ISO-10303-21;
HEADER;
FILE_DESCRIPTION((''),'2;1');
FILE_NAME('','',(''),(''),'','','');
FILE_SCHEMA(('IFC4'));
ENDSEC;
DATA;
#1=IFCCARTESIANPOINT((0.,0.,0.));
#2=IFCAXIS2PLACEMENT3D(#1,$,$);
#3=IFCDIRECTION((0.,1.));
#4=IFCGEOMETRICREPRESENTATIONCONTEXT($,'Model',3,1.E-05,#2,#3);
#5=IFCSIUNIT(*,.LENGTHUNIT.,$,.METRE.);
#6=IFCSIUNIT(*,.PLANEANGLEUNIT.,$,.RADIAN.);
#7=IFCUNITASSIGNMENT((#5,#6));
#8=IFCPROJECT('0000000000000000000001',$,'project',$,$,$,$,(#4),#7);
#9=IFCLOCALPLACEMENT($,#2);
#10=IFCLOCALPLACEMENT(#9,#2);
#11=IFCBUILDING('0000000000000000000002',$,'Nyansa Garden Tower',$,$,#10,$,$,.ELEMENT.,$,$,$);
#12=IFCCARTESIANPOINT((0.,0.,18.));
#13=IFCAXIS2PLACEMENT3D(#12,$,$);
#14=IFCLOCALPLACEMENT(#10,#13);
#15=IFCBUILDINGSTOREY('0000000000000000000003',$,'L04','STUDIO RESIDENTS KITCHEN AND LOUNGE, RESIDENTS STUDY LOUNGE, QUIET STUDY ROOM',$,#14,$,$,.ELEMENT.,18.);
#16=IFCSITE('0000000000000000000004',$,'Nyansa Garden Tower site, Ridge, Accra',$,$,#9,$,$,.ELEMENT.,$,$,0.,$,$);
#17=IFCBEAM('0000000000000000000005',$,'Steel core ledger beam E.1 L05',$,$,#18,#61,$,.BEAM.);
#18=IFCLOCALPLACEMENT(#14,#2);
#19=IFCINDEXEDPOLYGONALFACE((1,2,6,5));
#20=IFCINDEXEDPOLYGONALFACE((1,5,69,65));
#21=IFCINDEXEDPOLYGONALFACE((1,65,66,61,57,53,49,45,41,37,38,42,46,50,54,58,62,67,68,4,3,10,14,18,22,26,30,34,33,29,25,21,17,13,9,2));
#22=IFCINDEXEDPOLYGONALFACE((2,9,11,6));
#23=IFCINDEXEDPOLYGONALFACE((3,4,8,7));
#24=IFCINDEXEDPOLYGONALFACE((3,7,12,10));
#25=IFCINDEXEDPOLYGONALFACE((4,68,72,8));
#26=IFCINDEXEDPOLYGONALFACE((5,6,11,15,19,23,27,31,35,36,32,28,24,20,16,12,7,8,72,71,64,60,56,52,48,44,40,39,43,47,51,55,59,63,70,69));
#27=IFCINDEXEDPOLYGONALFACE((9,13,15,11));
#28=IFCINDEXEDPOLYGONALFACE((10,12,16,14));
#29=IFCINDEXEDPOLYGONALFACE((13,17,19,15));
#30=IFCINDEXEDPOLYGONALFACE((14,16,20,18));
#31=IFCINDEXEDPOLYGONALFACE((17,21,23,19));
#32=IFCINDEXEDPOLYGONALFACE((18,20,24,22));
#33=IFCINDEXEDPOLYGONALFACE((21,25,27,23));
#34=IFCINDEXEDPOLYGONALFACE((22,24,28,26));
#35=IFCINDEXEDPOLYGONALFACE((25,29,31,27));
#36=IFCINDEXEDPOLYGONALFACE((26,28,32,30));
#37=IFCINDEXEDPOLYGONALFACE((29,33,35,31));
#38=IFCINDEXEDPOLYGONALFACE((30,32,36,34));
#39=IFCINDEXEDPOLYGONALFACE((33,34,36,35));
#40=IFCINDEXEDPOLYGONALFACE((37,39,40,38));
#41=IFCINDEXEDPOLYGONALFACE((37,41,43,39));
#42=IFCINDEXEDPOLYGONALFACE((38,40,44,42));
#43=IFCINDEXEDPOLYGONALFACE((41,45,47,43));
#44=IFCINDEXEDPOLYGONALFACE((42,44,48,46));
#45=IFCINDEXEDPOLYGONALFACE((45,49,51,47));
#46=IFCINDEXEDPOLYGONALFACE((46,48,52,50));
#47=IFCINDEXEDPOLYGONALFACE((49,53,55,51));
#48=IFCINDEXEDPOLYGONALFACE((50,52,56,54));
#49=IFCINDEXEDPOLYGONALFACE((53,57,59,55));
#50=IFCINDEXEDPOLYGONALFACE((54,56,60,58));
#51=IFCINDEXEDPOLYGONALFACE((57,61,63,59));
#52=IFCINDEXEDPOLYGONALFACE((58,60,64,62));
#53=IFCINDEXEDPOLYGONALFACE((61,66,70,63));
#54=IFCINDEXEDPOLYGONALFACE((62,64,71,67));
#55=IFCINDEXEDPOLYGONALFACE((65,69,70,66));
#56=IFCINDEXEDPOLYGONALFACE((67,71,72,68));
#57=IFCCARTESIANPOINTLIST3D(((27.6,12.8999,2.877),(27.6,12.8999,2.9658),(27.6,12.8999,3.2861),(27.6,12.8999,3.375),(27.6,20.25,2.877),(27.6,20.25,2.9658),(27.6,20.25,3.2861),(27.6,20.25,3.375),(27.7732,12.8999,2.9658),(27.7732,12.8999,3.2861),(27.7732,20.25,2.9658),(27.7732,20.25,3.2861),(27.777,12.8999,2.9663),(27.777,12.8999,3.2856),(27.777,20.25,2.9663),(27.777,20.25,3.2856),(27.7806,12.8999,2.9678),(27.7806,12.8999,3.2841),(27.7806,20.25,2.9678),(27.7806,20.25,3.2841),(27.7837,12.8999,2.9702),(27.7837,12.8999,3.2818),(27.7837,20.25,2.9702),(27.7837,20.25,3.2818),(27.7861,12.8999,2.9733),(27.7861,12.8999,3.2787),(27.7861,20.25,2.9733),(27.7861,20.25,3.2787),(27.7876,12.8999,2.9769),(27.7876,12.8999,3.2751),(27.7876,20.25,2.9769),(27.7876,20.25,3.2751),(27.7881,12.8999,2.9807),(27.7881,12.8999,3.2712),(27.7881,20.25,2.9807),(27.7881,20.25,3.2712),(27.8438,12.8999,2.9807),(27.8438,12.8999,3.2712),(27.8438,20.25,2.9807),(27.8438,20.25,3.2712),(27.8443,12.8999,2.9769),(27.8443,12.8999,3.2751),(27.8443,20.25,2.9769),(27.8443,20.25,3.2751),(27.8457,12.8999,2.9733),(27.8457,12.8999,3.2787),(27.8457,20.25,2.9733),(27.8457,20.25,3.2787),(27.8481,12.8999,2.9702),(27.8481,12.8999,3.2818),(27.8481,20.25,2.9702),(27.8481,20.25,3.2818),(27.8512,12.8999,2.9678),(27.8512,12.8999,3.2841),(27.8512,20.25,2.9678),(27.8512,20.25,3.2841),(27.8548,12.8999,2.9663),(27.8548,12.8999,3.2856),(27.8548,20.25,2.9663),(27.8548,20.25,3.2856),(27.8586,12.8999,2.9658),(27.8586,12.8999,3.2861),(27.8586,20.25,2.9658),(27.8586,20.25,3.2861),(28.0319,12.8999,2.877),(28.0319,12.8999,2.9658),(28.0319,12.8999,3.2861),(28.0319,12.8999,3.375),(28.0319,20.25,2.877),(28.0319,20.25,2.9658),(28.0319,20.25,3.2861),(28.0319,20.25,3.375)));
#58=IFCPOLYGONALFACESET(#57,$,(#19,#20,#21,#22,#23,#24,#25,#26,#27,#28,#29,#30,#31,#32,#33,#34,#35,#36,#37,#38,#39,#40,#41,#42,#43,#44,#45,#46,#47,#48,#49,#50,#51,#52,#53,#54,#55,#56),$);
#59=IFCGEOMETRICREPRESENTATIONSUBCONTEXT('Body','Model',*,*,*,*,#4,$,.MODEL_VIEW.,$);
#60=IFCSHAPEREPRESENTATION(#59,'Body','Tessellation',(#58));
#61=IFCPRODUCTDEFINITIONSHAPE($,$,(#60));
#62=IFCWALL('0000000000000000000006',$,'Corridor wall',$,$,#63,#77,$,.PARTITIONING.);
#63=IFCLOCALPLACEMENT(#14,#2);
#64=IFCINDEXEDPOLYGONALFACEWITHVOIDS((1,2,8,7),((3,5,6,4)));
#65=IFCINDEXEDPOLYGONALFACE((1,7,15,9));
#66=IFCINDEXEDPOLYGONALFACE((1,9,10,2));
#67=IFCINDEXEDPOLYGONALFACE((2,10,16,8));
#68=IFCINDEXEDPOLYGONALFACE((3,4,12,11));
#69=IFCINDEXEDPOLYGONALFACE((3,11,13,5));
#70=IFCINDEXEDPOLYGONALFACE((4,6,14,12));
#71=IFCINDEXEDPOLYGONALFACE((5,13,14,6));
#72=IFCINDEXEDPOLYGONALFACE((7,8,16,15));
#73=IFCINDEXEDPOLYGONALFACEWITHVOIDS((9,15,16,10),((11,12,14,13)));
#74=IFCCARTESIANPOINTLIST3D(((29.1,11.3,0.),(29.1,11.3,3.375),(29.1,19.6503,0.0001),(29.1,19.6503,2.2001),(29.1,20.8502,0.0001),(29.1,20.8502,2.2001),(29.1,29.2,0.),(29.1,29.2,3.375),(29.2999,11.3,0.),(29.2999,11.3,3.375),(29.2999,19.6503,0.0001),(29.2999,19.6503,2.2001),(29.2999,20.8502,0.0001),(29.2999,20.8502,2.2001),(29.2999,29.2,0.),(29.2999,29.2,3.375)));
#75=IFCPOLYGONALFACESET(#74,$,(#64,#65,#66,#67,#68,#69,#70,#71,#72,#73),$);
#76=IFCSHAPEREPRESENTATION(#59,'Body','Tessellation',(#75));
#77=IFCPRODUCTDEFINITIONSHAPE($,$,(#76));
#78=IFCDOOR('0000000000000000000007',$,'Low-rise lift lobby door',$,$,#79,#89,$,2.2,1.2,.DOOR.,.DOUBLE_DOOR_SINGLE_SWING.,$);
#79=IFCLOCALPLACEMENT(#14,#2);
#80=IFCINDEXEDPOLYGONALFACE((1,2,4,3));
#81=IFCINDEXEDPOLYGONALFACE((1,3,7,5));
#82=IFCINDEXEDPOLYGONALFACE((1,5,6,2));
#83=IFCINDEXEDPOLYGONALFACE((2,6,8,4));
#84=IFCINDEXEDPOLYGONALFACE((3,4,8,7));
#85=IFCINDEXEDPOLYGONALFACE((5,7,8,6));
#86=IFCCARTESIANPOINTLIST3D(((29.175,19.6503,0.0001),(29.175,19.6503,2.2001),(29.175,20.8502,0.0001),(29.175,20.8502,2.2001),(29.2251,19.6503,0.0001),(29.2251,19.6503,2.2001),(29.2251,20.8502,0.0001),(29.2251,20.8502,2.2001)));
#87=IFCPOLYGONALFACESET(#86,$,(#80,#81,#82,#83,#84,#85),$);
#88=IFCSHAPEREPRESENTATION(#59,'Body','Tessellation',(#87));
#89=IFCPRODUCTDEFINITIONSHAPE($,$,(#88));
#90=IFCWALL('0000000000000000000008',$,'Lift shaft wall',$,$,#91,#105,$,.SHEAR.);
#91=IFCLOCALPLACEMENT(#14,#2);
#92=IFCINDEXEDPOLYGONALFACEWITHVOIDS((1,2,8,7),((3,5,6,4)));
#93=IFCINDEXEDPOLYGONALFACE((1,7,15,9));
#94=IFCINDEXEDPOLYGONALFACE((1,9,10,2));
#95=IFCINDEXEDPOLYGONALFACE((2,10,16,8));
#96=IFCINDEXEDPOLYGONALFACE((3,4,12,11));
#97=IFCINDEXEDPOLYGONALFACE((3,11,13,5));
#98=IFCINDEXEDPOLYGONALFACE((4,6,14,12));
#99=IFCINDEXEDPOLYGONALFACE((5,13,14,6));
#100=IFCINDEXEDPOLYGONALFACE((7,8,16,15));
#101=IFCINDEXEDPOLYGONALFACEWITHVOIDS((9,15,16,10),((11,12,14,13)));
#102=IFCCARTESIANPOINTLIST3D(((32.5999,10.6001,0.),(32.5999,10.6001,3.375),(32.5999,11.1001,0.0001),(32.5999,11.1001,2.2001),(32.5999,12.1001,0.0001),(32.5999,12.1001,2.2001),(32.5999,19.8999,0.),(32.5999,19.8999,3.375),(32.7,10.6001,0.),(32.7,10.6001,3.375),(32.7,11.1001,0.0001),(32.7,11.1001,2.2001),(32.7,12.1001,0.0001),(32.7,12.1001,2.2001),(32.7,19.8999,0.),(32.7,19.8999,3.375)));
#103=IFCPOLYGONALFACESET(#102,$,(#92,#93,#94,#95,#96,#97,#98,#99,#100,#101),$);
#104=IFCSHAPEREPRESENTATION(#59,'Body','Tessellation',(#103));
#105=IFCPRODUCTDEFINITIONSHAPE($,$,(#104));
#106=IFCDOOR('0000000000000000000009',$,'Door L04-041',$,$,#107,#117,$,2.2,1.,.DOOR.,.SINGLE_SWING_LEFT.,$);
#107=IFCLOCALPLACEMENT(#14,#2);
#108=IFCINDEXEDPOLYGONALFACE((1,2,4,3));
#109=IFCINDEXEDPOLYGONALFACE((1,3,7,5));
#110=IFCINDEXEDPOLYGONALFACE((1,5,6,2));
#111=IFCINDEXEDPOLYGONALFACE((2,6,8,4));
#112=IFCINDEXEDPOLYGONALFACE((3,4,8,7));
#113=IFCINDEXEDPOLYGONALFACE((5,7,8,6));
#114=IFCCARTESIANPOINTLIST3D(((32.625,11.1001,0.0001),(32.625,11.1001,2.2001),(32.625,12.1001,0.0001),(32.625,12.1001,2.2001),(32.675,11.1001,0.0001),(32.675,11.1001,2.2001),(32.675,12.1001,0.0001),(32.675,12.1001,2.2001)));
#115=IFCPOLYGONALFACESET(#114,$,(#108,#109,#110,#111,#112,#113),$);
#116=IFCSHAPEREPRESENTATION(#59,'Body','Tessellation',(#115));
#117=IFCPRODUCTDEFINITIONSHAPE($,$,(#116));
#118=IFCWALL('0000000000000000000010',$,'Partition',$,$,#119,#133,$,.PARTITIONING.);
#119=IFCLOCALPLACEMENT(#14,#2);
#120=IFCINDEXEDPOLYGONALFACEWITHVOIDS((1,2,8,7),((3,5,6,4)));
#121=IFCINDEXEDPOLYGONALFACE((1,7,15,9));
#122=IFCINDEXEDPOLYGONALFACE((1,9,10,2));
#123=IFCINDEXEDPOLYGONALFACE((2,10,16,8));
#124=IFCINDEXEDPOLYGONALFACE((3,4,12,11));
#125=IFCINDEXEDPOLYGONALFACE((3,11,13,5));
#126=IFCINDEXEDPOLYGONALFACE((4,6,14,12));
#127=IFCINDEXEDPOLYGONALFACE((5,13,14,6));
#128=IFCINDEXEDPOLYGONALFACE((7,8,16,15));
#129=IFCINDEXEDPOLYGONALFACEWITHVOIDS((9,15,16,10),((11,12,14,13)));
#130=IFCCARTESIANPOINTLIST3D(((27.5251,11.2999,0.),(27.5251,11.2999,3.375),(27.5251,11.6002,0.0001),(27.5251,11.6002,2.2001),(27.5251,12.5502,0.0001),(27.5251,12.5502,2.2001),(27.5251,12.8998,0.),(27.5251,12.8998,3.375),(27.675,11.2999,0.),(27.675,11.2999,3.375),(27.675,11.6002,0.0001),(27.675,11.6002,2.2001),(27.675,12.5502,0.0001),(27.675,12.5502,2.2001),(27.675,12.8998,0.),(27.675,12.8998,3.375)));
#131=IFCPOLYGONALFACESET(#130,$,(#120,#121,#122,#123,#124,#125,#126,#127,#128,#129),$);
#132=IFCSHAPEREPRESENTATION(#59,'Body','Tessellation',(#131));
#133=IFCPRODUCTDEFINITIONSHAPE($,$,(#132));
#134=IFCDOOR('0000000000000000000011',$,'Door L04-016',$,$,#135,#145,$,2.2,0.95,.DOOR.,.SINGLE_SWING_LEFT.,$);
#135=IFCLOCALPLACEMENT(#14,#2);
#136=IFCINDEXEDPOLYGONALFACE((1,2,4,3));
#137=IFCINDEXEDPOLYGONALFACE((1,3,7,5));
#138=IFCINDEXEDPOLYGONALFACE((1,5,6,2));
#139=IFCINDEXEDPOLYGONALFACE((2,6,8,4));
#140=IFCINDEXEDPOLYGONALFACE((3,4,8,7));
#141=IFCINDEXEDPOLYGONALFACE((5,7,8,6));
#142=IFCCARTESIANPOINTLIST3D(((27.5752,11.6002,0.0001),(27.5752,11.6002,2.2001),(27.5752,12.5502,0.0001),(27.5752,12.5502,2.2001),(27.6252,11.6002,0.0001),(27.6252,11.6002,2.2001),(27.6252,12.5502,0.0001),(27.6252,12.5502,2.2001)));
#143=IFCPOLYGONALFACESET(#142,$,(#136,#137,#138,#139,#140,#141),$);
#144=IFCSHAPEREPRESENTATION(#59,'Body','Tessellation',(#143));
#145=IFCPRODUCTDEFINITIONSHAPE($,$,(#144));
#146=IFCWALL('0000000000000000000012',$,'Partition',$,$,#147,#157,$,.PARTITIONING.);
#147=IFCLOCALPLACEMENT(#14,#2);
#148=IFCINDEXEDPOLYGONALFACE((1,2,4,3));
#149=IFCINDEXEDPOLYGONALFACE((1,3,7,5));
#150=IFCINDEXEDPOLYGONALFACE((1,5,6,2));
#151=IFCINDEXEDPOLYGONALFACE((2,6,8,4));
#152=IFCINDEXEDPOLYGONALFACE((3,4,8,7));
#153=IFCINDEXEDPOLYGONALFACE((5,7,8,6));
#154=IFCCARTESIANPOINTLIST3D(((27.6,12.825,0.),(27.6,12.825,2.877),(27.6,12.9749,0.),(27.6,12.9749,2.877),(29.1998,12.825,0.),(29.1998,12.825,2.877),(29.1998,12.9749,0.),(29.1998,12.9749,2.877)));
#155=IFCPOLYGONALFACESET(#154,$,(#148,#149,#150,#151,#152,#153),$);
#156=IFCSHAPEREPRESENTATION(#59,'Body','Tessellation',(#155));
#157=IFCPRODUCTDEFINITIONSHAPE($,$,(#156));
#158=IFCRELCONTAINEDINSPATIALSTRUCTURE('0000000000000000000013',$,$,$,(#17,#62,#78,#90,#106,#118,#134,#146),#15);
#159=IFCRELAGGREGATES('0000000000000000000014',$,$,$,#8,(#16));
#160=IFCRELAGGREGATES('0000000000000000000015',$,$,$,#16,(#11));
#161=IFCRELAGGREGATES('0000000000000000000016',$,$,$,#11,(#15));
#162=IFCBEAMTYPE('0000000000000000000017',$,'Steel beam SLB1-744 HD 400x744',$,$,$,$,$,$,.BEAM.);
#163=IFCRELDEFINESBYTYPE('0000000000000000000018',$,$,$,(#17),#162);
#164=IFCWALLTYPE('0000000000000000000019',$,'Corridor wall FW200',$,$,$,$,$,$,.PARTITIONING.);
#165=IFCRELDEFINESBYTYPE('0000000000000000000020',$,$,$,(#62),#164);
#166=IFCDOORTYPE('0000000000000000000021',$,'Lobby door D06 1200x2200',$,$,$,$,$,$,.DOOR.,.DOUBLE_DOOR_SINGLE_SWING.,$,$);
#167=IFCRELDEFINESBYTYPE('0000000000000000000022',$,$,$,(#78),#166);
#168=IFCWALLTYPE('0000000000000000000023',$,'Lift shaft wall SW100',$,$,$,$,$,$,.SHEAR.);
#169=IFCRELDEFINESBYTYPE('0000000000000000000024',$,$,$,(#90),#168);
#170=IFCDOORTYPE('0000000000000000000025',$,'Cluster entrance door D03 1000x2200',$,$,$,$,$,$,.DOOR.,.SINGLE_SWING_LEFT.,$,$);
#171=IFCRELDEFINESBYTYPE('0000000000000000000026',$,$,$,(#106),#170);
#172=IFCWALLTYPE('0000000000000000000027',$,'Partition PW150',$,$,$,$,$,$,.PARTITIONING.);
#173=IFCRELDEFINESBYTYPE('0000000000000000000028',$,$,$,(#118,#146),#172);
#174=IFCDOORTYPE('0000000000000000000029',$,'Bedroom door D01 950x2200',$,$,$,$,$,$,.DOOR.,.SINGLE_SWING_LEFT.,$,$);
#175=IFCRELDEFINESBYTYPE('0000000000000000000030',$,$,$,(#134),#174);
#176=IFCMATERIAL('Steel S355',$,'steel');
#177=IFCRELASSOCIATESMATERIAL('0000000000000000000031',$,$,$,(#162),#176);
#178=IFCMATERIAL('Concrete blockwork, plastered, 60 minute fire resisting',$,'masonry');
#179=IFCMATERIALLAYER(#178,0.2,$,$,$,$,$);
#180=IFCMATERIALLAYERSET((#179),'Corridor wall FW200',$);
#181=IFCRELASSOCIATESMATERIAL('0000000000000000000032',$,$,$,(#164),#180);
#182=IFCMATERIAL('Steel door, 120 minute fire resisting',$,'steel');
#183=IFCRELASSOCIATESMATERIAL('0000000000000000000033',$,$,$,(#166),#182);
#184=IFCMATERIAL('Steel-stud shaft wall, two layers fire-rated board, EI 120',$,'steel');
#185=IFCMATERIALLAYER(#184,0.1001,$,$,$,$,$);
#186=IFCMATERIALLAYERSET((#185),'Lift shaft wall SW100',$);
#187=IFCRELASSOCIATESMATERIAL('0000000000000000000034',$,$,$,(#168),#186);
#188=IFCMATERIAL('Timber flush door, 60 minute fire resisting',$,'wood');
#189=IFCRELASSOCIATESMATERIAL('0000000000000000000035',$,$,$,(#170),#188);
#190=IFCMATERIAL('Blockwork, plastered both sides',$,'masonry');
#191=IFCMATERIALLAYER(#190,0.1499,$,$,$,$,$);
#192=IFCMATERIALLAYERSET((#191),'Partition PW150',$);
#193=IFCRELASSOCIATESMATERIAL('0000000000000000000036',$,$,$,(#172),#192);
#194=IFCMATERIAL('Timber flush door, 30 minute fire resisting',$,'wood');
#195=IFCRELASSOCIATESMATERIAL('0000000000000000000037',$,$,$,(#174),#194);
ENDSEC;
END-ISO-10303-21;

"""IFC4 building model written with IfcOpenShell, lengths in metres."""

from ifc_helpers import new_model, si_unit, direction, frame, frame_2d, origin, origin_2d, place, context, subcontext, project, spatial, rectangle, i_section, extrude, material, layer, layer_set, material_profile, profile_set, type_object, element, fill, save


model = new_model("IFC4")

# Units and contexts
model_context = context("Model", 3, precision=1e-05, world=origin(), true_north=direction((0.0, 1.0)))
body_context = subcontext(model_context, "Body", "Model", "MODEL_VIEW")
ifc_project = project(units=[si_unit("LENGTHUNIT", "METRE"), si_unit("PLANEANGLEUNIT", "RADIAN")], contexts=[model_context])

# Site, building, storey
site_placement = place(None, origin())
site = spatial("IfcSite", under=ifc_project, at=site_placement, Name="Nyansa Garden Tower site, Ridge, Accra", CompositionType="ELEMENT", RefElevation=0.0)
building_placement = place(site_placement, origin())
building = spatial("IfcBuilding", under=site, at=building_placement, Name="Nyansa Garden Tower", CompositionType="ELEMENT")
storey_placement = place(building_placement, frame((0.0, 0.0, 18.0)))
storey = spatial("IfcBuildingStorey", under=building, at=storey_placement, Name="L04", Description="STUDIO RESIDENTS KITCHEN AND LOUNGE, RESIDENTS STUDY LOUNGE, QUIET STUDY ROOM", CompositionType="ELEMENT", Elevation=18.0)

# Beam
ifc_material_1 = material(Name="Steel S355", Category="steel")
ifc_material_profile_1 = material_profile(ifc_material_1, i_section(OverallWidth=0.4319, OverallDepth=0.498, WebThickness=0.0557, FlangeThickness=0.0889, FilletRadius=0.0149, at=origin_2d()), Name="HD 400x744")
ifc_profile_set_1 = profile_set([ifc_material_profile_1], Name="Steel S355")
beam_type_1 = type_object("IfcBeamType", Name="Steel beam SLB1-744 HD 400x744", PredefinedType="BEAM", material=ifc_profile_set_1)
beam_1_placement = place(storey_placement, frame((27.8159, 12.8999, 3.126), z_axis=(0.0, 1.0, 0.0), x_axis=(-1.0, 0.0, 0.0)))
element("IfcBeam", 1, at=beam_1_placement, inside=storey, type_object=beam_type_1, Name="Steel core ledger beam E.1 L05", PredefinedType="BEAM", context=body_context, shape_type="SweptSolid", body=[
    extrude(i_section(OverallWidth=0.4319, OverallDepth=0.498, WebThickness=0.0557, FlangeThickness=0.0889, FilletRadius=0.0149, at=origin_2d()), origin(), (0.0, 0.0, 1.0), 7.3501),
])

# Walls, openings, doors
ifc_material_2 = material(Name="Concrete blockwork, plastered, 60 minute fire resisting", Category="masonry")
ifc_layer_1 = layer(ifc_material_2, 0.2)
ifc_layer_set_1 = layer_set([ifc_layer_1], Name="Corridor wall FW200")
wall_type_1 = type_object("IfcWallType", Name="Corridor wall FW200", PredefinedType="PARTITIONING", material=ifc_layer_set_1)
wall_1_placement = place(storey_placement, frame((29.2, 11.3, 0.0), z_axis=(0.0, 0.0, 1.0), x_axis=(0.0, 1.0, 0.0)))
wall_1 = element("IfcWall", 2, at=wall_1_placement, inside=storey, type_object=wall_type_1, Name="Corridor wall", PredefinedType="PARTITIONING", context=body_context, shape_type="SweptSolid", body=[
    extrude(rectangle(XDim=17.8999, YDim=0.2, at=frame_2d((8.95, 0.0))), origin(), (0.0, 0.0, 1.0), 3.375),
])
opening_1_placement = place(wall_1_placement, frame((8.3501, 0.0, 0.0)))
opening_1 = element("IfcOpeningElement", 3, at=opening_1_placement, cuts=wall_1, PredefinedType="OPENING", context=body_context, shape_type="SweptSolid", body=[
    extrude(rectangle(XDim=1.2, YDim=2.2, at=frame_2d((0.6001, 1.1001))), frame((0.0, 0.1099, 0.0), z_axis=(0.0, -1.0, 0.0), x_axis=(1.0, 0.0, 0.0)), (0.0, 0.0, 1.0), 0.22),
])
ifc_material_3 = material(Name="Steel door, 120 minute fire resisting", Category="steel")
door_type_1 = type_object("IfcDoorType", Name="Lobby door D06 1200x2200", OperationType="DOUBLE_DOOR_SINGLE_SWING", PredefinedType="DOOR", material=ifc_material_3)
door_1_placement = place(opening_1_placement, origin())
door_1 = element("IfcDoor", 4, at=door_1_placement, inside=storey, type_object=door_type_1, Name="Low-rise lift lobby door", OperationType="DOUBLE_DOOR_SINGLE_SWING", OverallHeight=2.2, OverallWidth=1.2, PredefinedType="DOOR", context=body_context, shape_type="SweptSolid", body=[
    extrude(rectangle(XDim=1.2, YDim=2.2, at=frame_2d((0.6001, 1.1001))), frame((0.0, 0.0249, 0.0), z_axis=(0.0, -1.0, 0.0), x_axis=(1.0, 0.0, 0.0)), (0.0, 0.0, 1.0), 0.05),
])
fill(opening_1, door_1)
ifc_material_4 = material(Name="Steel-stud shaft wall, two layers fire-rated board, EI 120", Category="steel")
ifc_layer_2 = layer(ifc_material_4, 0.1001)
ifc_layer_set_2 = layer_set([ifc_layer_2], Name="Lift shaft wall SW100")
wall_type_2 = type_object("IfcWallType", Name="Lift shaft wall SW100", PredefinedType="SHEAR", material=ifc_layer_set_2)
wall_2_placement = place(storey_placement, frame((32.6499, 10.6001, 0.0), z_axis=(0.0, 0.0, 1.0), x_axis=(0.0, 1.0, 0.0)))
wall_2 = element("IfcWall", 5, at=wall_2_placement, inside=storey, type_object=wall_type_2, Name="Lift shaft wall", PredefinedType="SHEAR", context=body_context, shape_type="SweptSolid", body=[
    extrude(rectangle(XDim=9.2998, YDim=0.1001, at=frame_2d((4.6499, 0.0))), origin(), (0.0, 0.0, 1.0), 3.375),
])
opening_2_placement = place(wall_2_placement, frame((0.5, 0.0, 0.0)))
opening_2 = element("IfcOpeningElement", 6, at=opening_2_placement, cuts=wall_2, PredefinedType="OPENING", context=body_context, shape_type="SweptSolid", body=[
    extrude(rectangle(XDim=1.0, YDim=2.2, at=frame_2d((0.5, 1.1001))), frame((0.0, 0.0601, 0.0), z_axis=(0.0, -1.0, 0.0), x_axis=(1.0, 0.0, 0.0)), (0.0, 0.0, 1.0), 0.1201),
])
ifc_material_5 = material(Name="Timber flush door, 60 minute fire resisting", Category="wood")
door_type_2 = type_object("IfcDoorType", Name="Cluster entrance door D03 1000x2200", OperationType="SINGLE_SWING_LEFT", PredefinedType="DOOR", material=ifc_material_5)
door_2_placement = place(opening_2_placement, origin())
door_2 = element("IfcDoor", 7, at=door_2_placement, inside=storey, type_object=door_type_2, Name="Door L04-041", OperationType="SINGLE_SWING_LEFT", OverallHeight=2.2, OverallWidth=1.0, PredefinedType="DOOR", context=body_context, shape_type="SweptSolid", body=[
    extrude(rectangle(XDim=1.0, YDim=2.2, at=frame_2d((0.5, 1.1001))), frame((0.0, 0.0249, 0.0), z_axis=(0.0, -1.0, 0.0), x_axis=(1.0, 0.0, 0.0)), (0.0, 0.0, 1.0), 0.05),
])
fill(opening_2, door_2)
ifc_material_6 = material(Name="Blockwork, plastered both sides", Category="masonry")
ifc_layer_3 = layer(ifc_material_6, 0.1499)
ifc_layer_set_3 = layer_set([ifc_layer_3], Name="Partition PW150")
wall_type_3 = type_object("IfcWallType", Name="Partition PW150", PredefinedType="PARTITIONING", material=ifc_layer_set_3)
wall_3_placement = place(storey_placement, frame((27.6001, 11.3, 0.0), z_axis=(0.0, 0.0, 1.0), x_axis=(0.0, 1.0, 0.0)))
wall_3 = element("IfcWall", 8, at=wall_3_placement, inside=storey, type_object=wall_type_3, Name="Partition", PredefinedType="PARTITIONING", context=body_context, shape_type="SweptSolid", body=[
    extrude(rectangle(XDim=1.5999, YDim=0.1499, at=frame_2d((0.7998, 0.0))), origin(), (0.0, 0.0, 1.0), 3.375),
])
opening_3_placement = place(wall_3_placement, frame((0.3, 0.0, 0.0)))
opening_3 = element("IfcOpeningElement", 9, at=opening_3_placement, cuts=wall_3, PredefinedType="OPENING", context=body_context, shape_type="SweptSolid", body=[
    extrude(rectangle(XDim=0.95, YDim=2.2, at=frame_2d((0.4751, 1.1001))), frame((0.0, 0.085, 0.0), z_axis=(0.0, -1.0, 0.0), x_axis=(1.0, 0.0, 0.0)), (0.0, 0.0, 1.0), 0.1699),
])
ifc_material_7 = material(Name="Timber flush door, 30 minute fire resisting", Category="wood")
door_type_3 = type_object("IfcDoorType", Name="Bedroom door D01 950x2200", OperationType="SINGLE_SWING_LEFT", PredefinedType="DOOR", material=ifc_material_7)
door_3_placement = place(opening_3_placement, origin())
door_3 = element("IfcDoor", 10, at=door_3_placement, inside=storey, type_object=door_type_3, Name="Door L04-016", OperationType="SINGLE_SWING_LEFT", OverallHeight=2.2, OverallWidth=0.95, PredefinedType="DOOR", context=body_context, shape_type="SweptSolid", body=[
    extrude(rectangle(XDim=0.95, YDim=2.2, at=frame_2d((0.4751, 1.1001))), frame((0.0, 0.0249, 0.0), z_axis=(0.0, -1.0, 0.0), x_axis=(1.0, 0.0, 0.0)), (0.0, 0.0, 1.0), 0.05),
])
fill(opening_3, door_3)

# Wall
wall_4_placement = place(storey_placement, frame((27.6001, 12.8999, 0.0), z_axis=(0.0, 0.0, 1.0), x_axis=(1.0, 0.0, 0.0)))
element("IfcWall", 11, at=wall_4_placement, inside=storey, type_object=wall_type_3, Name="Partition", PredefinedType="PARTITIONING", context=body_context, shape_type="SweptSolid", body=[
    extrude(rectangle(XDim=1.5999, YDim=0.1499, at=frame_2d((0.7998, 0.0))), origin(), (0.0, 0.0, 1.0), 2.877),
])

save(model, "model.ifc")
